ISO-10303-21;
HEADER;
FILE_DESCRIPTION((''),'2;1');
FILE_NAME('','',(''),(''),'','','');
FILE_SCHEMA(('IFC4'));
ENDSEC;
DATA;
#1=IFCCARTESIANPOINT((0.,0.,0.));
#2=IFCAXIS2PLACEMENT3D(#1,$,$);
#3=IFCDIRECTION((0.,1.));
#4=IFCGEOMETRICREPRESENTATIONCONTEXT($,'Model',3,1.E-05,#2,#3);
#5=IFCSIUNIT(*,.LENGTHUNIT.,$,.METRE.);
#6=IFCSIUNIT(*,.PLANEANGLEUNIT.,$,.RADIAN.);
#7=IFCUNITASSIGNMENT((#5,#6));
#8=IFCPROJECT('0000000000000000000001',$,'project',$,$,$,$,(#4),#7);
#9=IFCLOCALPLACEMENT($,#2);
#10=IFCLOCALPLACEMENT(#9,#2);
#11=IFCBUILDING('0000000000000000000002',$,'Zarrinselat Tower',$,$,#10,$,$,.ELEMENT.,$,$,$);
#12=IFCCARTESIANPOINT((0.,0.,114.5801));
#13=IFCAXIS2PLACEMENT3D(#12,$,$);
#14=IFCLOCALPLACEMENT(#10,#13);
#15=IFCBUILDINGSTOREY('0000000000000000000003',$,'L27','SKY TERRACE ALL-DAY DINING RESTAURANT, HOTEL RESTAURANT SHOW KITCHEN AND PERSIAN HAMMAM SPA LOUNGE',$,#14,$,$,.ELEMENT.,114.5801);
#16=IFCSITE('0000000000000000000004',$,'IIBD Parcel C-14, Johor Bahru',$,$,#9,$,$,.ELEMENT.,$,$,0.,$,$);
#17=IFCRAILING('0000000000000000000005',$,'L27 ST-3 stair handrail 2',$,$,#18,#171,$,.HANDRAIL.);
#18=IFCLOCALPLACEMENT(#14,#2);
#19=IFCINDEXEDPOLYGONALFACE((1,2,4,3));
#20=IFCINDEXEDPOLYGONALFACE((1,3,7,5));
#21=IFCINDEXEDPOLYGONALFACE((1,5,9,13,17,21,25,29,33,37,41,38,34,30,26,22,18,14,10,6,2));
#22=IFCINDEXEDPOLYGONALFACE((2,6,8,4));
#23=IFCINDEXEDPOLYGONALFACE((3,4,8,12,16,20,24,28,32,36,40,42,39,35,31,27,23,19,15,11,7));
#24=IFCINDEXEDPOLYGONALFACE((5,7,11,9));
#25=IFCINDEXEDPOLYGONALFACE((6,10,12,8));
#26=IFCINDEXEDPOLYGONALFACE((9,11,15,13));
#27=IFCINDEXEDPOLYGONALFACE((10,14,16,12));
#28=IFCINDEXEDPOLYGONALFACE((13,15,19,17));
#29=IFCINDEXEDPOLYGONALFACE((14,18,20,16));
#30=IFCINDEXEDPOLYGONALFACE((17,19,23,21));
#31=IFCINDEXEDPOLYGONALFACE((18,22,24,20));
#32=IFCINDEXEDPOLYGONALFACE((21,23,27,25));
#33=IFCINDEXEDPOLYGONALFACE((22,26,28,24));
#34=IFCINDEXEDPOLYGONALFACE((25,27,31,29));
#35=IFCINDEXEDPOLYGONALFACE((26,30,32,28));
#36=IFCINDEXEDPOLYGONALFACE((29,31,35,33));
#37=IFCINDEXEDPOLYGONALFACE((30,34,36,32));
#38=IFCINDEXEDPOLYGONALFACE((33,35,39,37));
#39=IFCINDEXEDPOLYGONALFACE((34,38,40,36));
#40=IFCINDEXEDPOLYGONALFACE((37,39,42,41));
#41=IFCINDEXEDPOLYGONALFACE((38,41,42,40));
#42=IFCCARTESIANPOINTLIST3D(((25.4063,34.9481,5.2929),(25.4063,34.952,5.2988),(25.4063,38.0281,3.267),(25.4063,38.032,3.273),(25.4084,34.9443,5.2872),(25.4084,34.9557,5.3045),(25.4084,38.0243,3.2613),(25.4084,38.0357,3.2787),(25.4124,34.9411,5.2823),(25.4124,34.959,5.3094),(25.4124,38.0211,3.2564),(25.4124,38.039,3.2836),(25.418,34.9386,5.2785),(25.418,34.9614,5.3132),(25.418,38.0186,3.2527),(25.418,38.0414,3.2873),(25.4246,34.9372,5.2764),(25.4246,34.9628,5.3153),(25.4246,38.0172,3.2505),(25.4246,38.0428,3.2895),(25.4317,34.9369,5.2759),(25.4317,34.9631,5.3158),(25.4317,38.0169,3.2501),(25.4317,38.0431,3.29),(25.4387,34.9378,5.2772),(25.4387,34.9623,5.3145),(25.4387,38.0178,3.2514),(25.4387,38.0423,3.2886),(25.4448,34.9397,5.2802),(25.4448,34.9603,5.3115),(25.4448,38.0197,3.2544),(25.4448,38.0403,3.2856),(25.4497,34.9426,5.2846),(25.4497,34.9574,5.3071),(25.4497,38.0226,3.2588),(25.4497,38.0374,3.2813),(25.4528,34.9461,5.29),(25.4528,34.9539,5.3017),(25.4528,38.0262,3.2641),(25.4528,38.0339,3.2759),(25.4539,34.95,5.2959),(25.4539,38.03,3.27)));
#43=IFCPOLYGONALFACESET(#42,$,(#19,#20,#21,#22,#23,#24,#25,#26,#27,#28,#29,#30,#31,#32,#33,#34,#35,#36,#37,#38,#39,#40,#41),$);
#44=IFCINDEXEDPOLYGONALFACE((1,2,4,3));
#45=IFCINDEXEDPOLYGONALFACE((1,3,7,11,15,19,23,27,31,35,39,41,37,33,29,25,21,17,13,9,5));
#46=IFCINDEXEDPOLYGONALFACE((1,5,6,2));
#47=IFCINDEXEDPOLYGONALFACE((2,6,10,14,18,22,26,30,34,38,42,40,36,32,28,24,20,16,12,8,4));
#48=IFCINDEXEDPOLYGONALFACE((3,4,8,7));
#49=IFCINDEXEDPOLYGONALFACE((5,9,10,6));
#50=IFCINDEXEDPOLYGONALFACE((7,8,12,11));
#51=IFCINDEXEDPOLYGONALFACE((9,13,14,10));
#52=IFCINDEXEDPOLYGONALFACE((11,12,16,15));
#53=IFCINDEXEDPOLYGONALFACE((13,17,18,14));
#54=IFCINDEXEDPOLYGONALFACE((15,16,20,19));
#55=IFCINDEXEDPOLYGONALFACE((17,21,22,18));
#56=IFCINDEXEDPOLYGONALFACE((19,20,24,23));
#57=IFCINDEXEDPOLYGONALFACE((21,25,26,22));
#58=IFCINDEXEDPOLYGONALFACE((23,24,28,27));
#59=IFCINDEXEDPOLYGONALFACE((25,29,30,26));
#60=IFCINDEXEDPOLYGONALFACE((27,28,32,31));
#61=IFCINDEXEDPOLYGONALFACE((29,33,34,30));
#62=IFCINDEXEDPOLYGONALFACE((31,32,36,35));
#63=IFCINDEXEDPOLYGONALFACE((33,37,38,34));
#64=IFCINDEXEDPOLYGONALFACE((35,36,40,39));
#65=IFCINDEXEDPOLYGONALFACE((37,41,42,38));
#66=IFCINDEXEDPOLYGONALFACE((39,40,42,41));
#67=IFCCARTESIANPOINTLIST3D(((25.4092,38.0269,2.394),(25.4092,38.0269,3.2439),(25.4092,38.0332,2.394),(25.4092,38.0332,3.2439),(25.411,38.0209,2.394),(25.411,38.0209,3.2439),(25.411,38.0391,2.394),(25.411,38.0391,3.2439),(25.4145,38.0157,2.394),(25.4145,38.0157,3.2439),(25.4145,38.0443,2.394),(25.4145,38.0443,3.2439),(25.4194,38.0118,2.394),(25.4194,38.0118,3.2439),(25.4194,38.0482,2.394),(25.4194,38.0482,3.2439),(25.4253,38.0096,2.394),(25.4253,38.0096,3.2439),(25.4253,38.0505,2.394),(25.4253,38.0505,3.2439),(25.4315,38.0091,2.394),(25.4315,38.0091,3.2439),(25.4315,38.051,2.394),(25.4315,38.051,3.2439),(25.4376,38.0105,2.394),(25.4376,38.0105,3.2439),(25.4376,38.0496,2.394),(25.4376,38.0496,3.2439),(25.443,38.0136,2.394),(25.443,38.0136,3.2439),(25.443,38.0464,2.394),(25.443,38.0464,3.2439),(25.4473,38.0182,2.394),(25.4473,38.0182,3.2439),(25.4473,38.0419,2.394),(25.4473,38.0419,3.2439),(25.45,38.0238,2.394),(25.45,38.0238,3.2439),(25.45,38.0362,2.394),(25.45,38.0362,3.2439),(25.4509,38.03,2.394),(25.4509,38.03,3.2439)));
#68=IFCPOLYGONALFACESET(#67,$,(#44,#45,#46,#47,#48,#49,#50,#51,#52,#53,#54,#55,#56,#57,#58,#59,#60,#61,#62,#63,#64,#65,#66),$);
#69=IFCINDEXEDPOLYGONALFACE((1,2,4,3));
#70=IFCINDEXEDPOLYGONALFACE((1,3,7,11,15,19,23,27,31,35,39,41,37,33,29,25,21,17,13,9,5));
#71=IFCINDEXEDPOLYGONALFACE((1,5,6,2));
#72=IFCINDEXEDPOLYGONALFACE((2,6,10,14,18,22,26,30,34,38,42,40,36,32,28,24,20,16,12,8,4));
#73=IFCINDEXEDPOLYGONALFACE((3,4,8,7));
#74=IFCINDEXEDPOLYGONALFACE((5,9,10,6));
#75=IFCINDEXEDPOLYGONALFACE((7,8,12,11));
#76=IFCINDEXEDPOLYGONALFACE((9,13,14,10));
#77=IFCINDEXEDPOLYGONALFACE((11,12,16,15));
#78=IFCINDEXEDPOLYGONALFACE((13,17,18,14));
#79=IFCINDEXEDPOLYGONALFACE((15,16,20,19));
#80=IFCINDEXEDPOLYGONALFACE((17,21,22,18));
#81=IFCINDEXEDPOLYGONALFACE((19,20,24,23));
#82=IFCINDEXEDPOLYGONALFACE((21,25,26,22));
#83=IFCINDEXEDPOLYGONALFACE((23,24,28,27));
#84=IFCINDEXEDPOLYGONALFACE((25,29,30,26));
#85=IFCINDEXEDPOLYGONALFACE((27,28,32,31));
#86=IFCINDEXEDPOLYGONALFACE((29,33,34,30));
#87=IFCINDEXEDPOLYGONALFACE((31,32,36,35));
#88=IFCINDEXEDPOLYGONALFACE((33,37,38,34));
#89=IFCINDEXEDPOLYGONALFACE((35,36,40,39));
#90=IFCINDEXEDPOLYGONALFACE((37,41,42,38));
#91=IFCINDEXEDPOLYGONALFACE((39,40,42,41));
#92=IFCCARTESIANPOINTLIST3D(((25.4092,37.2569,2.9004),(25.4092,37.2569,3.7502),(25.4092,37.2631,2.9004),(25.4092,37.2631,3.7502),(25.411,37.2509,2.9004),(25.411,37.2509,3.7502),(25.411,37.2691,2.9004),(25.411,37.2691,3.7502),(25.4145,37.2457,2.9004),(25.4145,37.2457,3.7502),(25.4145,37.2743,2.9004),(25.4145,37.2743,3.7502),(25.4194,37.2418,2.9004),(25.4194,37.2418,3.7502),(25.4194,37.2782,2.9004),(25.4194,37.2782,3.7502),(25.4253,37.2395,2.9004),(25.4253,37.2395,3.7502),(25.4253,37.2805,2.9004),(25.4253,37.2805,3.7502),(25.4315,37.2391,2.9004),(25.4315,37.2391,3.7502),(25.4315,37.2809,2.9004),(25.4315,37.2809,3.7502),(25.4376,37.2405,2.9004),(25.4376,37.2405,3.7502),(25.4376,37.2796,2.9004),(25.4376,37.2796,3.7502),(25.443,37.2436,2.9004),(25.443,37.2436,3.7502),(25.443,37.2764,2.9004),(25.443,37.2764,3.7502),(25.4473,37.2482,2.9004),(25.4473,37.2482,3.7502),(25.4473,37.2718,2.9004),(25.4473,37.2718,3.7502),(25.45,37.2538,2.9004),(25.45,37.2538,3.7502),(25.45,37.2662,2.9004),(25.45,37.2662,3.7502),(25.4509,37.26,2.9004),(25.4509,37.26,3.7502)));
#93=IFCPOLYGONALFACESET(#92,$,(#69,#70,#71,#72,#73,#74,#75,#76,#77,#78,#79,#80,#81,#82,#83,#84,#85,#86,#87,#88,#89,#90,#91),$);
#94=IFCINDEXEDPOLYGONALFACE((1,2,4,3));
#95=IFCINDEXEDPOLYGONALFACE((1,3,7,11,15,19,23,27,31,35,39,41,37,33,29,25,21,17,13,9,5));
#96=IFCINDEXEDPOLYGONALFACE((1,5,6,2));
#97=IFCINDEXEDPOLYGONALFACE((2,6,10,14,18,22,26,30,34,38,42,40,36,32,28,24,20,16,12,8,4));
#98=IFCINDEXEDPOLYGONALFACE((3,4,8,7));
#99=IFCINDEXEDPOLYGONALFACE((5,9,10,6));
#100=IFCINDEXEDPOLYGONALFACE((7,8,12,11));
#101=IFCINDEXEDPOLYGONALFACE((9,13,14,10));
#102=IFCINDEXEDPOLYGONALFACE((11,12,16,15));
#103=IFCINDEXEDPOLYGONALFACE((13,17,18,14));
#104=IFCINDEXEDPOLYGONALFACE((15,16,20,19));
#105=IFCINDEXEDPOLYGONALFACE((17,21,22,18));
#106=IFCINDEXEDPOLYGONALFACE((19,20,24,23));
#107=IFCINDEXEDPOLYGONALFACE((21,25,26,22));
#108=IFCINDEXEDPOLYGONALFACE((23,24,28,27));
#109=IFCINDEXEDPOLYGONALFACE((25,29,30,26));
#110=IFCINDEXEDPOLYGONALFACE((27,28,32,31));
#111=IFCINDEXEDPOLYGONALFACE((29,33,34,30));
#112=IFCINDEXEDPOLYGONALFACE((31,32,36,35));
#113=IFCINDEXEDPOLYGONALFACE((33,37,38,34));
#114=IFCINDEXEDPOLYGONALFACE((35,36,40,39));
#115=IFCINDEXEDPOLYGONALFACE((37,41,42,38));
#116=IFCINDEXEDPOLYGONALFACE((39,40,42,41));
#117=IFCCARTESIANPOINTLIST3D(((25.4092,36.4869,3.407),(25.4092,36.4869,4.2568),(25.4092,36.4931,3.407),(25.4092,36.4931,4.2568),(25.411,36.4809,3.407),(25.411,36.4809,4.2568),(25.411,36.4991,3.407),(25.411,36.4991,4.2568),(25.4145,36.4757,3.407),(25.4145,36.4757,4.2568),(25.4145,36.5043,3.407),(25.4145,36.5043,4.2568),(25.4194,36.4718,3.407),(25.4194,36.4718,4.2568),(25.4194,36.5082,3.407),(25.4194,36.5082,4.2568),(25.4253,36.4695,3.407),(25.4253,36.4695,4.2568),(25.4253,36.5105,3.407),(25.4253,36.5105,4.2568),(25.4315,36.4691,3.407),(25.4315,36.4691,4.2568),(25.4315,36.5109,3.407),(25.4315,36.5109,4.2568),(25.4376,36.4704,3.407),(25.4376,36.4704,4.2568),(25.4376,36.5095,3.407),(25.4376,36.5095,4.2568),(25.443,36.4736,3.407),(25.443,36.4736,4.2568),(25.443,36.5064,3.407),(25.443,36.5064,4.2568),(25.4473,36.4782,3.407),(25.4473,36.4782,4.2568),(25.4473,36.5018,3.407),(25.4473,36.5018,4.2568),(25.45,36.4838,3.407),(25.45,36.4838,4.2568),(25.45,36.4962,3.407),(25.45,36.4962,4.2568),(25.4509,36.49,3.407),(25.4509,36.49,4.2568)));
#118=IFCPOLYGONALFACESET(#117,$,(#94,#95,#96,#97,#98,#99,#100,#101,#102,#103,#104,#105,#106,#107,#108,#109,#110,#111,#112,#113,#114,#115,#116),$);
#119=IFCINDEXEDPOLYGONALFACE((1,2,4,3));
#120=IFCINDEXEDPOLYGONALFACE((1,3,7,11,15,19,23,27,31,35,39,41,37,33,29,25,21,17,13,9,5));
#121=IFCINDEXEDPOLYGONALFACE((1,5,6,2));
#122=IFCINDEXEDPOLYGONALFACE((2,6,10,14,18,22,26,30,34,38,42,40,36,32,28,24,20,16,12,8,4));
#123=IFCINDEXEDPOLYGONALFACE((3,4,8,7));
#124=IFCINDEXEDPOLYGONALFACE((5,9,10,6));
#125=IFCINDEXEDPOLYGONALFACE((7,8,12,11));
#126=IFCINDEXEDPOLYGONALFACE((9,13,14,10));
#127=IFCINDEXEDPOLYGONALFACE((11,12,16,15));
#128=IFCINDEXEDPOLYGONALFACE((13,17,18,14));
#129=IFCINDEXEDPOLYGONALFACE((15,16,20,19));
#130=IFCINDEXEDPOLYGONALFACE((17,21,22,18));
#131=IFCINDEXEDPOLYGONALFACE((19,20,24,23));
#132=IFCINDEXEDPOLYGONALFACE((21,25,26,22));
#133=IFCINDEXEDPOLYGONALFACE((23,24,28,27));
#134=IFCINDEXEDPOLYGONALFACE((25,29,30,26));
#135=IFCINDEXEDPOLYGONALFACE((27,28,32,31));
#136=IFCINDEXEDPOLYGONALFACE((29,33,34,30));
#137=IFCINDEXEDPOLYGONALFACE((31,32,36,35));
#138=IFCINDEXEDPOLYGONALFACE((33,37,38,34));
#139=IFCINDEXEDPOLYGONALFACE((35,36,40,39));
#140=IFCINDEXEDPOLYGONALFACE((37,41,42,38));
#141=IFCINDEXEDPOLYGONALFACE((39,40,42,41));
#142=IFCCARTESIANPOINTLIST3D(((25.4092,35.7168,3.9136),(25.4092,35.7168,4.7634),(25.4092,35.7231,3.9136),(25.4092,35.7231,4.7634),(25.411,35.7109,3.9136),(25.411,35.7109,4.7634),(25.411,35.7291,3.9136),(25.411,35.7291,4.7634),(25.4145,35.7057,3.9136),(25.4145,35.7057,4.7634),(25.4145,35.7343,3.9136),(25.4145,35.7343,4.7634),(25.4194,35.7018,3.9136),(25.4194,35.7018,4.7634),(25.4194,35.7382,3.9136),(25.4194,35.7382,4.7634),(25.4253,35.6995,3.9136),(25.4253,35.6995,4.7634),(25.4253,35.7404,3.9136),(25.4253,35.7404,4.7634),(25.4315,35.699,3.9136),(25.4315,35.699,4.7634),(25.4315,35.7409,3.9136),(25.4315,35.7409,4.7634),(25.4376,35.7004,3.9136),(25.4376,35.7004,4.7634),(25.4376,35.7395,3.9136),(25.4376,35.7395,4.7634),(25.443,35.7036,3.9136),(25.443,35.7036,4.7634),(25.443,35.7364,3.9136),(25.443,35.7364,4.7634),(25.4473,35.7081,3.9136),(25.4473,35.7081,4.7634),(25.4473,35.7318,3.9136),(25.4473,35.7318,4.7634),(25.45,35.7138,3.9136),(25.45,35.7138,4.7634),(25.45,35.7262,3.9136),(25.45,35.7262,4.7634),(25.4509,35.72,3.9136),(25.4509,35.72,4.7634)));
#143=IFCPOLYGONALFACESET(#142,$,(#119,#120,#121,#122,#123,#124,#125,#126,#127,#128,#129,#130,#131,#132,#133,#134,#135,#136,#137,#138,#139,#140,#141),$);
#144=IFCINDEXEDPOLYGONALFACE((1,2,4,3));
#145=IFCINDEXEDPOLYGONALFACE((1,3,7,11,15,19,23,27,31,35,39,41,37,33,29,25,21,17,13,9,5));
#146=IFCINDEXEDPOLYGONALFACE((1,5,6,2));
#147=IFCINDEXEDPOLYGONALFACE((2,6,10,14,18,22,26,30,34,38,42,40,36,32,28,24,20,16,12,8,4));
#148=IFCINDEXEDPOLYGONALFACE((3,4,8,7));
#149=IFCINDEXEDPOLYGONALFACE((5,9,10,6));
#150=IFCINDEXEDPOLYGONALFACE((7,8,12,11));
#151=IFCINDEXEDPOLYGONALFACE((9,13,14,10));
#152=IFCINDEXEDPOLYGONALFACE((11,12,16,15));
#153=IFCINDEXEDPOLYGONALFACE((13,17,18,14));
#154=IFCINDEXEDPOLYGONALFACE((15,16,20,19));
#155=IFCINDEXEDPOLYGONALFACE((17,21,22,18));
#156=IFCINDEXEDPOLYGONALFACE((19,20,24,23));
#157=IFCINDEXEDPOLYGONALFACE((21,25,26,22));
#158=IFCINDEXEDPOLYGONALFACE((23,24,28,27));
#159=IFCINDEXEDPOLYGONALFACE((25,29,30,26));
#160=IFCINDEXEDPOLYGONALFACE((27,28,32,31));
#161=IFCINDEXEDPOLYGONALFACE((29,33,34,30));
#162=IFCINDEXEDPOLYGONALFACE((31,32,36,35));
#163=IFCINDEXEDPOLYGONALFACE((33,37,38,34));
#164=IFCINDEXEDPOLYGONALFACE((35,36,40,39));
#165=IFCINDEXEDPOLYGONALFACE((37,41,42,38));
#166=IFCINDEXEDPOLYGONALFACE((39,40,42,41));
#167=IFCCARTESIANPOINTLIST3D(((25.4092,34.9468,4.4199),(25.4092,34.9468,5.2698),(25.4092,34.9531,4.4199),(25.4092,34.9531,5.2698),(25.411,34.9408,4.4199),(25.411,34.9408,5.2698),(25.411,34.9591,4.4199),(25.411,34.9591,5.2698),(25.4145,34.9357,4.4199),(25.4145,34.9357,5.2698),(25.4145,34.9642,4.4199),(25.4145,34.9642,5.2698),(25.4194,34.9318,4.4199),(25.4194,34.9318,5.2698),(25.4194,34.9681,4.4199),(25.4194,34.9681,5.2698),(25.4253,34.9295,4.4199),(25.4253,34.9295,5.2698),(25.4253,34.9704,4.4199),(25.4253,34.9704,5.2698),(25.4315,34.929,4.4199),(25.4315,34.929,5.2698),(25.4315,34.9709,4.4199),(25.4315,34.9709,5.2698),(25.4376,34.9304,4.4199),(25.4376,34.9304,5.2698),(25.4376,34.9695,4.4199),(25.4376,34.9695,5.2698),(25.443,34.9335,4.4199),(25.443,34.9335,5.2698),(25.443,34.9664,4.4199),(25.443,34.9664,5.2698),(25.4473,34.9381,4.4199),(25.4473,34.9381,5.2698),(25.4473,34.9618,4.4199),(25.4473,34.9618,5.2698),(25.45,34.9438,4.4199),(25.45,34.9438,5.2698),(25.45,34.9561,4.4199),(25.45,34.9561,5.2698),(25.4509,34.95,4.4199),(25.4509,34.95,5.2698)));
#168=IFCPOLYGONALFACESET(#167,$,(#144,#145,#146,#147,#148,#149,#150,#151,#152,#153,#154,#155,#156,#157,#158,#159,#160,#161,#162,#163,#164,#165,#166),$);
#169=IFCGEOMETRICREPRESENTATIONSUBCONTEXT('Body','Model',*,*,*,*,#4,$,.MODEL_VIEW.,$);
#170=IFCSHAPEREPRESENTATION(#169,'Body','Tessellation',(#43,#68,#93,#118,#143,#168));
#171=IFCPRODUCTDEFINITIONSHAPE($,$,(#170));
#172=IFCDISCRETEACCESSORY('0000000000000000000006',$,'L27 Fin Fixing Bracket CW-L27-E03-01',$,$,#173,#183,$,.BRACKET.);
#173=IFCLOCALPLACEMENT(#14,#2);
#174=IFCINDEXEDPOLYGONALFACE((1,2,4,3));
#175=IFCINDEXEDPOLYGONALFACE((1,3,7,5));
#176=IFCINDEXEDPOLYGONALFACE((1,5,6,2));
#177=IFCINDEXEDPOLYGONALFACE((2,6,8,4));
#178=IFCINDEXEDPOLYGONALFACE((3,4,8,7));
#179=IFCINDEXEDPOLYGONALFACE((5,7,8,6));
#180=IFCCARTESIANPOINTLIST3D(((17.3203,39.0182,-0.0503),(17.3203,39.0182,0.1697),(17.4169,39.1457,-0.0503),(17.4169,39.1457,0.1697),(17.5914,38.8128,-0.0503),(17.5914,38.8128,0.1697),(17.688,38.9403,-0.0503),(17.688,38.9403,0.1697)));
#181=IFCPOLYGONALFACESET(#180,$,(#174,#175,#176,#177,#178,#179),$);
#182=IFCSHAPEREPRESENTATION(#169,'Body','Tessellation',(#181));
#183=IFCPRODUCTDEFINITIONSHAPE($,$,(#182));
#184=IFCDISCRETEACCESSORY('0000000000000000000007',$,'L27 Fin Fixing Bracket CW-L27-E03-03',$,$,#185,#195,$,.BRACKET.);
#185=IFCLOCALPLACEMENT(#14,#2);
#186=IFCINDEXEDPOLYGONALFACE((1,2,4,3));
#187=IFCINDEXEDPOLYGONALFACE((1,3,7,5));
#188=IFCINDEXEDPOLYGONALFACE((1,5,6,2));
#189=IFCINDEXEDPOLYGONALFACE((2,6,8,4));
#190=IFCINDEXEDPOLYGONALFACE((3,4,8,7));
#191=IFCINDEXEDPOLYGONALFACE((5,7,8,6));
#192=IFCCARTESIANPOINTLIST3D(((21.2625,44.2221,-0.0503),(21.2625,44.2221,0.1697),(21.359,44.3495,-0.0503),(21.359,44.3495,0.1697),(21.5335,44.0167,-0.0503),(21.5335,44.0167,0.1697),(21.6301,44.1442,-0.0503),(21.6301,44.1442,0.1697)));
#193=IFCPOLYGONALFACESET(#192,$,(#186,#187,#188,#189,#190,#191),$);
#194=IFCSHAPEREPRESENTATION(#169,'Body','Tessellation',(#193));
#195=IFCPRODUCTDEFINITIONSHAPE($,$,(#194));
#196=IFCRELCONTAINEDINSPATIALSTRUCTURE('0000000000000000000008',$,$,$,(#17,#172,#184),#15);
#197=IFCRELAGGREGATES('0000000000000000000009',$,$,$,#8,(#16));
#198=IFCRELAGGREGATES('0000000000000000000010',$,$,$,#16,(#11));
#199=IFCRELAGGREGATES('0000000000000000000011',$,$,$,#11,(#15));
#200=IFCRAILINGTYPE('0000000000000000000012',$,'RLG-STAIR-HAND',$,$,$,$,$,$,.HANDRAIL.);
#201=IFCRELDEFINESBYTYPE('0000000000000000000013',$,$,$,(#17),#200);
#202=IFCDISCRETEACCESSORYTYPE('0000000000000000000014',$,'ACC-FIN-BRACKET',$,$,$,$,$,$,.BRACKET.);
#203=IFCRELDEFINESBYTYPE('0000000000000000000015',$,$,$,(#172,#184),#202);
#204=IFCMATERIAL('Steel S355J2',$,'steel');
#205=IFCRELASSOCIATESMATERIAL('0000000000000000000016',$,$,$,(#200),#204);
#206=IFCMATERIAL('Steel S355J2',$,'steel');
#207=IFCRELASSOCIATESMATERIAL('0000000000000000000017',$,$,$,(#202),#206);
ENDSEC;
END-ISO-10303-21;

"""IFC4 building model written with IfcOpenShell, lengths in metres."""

from ifc_helpers import new_model, si_unit, direction, frame, origin, origin_2d, place, context, subcontext, project, spatial, rectangle, circle, extrude, material, type_object, element, save


model = new_model("IFC4")

# Units and contexts
model_context = context("Model", 3, precision=1e-05, world=origin(), true_north=direction((0.0, 1.0)))
body_context = subcontext(model_context, "Body", "Model", "MODEL_VIEW")
ifc_project = project(units=[si_unit("LENGTHUNIT", "METRE"), si_unit("PLANEANGLEUNIT", "RADIAN")], contexts=[model_context])

# Site, building, storey
site_placement = place(None, origin())
site = spatial("IfcSite", under=ifc_project, at=site_placement, Name="IIBD Parcel C-14, Johor Bahru", CompositionType="ELEMENT", RefElevation=0.0)
building_placement = place(site_placement, origin())
building = spatial("IfcBuilding", under=site, at=building_placement, Name="Zarrinselat Tower", CompositionType="ELEMENT")
storey_placement = place(building_placement, frame((0.0, 0.0, 114.5801)))
storey = spatial("IfcBuildingStorey", under=building, at=storey_placement, Name="L27", Description="SKY TERRACE ALL-DAY DINING RESTAURANT, HOTEL RESTAURANT SHOW KITCHEN AND PERSIAN HAMMAM SPA LOUNGE", CompositionType="ELEMENT", Elevation=114.5801)

# Railing
ifc_material_1 = material(Name="Steel S355J2", Category="steel")
railing_type_1 = type_object("IfcRailingType", Name="RLG-STAIR-HAND", PredefinedType="HANDRAIL", material=ifc_material_1)
railing_1_placement = place(storey_placement, frame((25.4299, 38.03, 2.394)))
element("IfcRailing", 1, at=railing_1_placement, inside=storey, type_object=railing_type_1, Name="L27 ST-3 stair handrail 2", PredefinedType="HANDRAIL", context=body_context, shape_type="SweptSolid", body=[
    extrude(circle(Radius=0.0239, at=origin_2d()), frame((0.0, 0.0, 0.876), z_axis=(0.0, -0.835478, 0.549524), x_axis=(1.0, 0.0, 0.0)), (0.0, 0.0, 1.0), 3.6865),
    extrude(circle(Radius=0.021, at=origin_2d()), origin(), (0.0, 0.0, 1.0), 0.8499),
    extrude(circle(Radius=0.021, at=origin_2d()), frame((0.0, -0.77, 0.5063)), (0.0, 0.0, 1.0), 0.8499),
    extrude(circle(Radius=0.021, at=origin_2d()), frame((0.0, -1.54, 1.0129)), (0.0, 0.0, 1.0), 0.8499),
    extrude(circle(Radius=0.021, at=origin_2d()), frame((0.0, -2.3101, 1.5195)), (0.0, 0.0, 1.0), 0.8499),
    extrude(circle(Radius=0.021, at=origin_2d()), frame((0.0, -3.0801, 2.0259)), (0.0, 0.0, 1.0), 0.8499),
])

# Discrete accessories
ifc_material_2 = material(Name="Steel S355J2", Category="steel")
discrete_accessory_type = type_object("IfcDiscreteAccessoryType", Name="ACC-FIN-BRACKET", PredefinedType="BRACKET", material=ifc_material_2)
for number, where, z_axis, x_axis, name in (
    (2, (17.5042, 38.9792, -0.0503), (0.0, 0.0, 1.0), (-0.797093, 0.603857, 0.0), "L27 Fin Fixing Bracket CW-L27-E03-01"),
    (3, (21.4463, 44.1831, -0.0503), (0.0, 0.0, 1.0), (-0.797093, 0.603857, 0.0), "L27 Fin Fixing Bracket CW-L27-E03-03"),
):
    element("IfcDiscreteAccessory", number, at=place(storey_placement, frame(where, z_axis=z_axis, x_axis=x_axis)), inside=storey, type_object=discrete_accessory_type, Name=name, PredefinedType="BRACKET", context=body_context, shape_type="SweptSolid", body=[
        extrude(rectangle(XDim=0.3401, YDim=0.1599, at=origin_2d()), origin(), (0.0, 0.0, 1.0), 0.22),
    ])

save(model, "model.ifc")
